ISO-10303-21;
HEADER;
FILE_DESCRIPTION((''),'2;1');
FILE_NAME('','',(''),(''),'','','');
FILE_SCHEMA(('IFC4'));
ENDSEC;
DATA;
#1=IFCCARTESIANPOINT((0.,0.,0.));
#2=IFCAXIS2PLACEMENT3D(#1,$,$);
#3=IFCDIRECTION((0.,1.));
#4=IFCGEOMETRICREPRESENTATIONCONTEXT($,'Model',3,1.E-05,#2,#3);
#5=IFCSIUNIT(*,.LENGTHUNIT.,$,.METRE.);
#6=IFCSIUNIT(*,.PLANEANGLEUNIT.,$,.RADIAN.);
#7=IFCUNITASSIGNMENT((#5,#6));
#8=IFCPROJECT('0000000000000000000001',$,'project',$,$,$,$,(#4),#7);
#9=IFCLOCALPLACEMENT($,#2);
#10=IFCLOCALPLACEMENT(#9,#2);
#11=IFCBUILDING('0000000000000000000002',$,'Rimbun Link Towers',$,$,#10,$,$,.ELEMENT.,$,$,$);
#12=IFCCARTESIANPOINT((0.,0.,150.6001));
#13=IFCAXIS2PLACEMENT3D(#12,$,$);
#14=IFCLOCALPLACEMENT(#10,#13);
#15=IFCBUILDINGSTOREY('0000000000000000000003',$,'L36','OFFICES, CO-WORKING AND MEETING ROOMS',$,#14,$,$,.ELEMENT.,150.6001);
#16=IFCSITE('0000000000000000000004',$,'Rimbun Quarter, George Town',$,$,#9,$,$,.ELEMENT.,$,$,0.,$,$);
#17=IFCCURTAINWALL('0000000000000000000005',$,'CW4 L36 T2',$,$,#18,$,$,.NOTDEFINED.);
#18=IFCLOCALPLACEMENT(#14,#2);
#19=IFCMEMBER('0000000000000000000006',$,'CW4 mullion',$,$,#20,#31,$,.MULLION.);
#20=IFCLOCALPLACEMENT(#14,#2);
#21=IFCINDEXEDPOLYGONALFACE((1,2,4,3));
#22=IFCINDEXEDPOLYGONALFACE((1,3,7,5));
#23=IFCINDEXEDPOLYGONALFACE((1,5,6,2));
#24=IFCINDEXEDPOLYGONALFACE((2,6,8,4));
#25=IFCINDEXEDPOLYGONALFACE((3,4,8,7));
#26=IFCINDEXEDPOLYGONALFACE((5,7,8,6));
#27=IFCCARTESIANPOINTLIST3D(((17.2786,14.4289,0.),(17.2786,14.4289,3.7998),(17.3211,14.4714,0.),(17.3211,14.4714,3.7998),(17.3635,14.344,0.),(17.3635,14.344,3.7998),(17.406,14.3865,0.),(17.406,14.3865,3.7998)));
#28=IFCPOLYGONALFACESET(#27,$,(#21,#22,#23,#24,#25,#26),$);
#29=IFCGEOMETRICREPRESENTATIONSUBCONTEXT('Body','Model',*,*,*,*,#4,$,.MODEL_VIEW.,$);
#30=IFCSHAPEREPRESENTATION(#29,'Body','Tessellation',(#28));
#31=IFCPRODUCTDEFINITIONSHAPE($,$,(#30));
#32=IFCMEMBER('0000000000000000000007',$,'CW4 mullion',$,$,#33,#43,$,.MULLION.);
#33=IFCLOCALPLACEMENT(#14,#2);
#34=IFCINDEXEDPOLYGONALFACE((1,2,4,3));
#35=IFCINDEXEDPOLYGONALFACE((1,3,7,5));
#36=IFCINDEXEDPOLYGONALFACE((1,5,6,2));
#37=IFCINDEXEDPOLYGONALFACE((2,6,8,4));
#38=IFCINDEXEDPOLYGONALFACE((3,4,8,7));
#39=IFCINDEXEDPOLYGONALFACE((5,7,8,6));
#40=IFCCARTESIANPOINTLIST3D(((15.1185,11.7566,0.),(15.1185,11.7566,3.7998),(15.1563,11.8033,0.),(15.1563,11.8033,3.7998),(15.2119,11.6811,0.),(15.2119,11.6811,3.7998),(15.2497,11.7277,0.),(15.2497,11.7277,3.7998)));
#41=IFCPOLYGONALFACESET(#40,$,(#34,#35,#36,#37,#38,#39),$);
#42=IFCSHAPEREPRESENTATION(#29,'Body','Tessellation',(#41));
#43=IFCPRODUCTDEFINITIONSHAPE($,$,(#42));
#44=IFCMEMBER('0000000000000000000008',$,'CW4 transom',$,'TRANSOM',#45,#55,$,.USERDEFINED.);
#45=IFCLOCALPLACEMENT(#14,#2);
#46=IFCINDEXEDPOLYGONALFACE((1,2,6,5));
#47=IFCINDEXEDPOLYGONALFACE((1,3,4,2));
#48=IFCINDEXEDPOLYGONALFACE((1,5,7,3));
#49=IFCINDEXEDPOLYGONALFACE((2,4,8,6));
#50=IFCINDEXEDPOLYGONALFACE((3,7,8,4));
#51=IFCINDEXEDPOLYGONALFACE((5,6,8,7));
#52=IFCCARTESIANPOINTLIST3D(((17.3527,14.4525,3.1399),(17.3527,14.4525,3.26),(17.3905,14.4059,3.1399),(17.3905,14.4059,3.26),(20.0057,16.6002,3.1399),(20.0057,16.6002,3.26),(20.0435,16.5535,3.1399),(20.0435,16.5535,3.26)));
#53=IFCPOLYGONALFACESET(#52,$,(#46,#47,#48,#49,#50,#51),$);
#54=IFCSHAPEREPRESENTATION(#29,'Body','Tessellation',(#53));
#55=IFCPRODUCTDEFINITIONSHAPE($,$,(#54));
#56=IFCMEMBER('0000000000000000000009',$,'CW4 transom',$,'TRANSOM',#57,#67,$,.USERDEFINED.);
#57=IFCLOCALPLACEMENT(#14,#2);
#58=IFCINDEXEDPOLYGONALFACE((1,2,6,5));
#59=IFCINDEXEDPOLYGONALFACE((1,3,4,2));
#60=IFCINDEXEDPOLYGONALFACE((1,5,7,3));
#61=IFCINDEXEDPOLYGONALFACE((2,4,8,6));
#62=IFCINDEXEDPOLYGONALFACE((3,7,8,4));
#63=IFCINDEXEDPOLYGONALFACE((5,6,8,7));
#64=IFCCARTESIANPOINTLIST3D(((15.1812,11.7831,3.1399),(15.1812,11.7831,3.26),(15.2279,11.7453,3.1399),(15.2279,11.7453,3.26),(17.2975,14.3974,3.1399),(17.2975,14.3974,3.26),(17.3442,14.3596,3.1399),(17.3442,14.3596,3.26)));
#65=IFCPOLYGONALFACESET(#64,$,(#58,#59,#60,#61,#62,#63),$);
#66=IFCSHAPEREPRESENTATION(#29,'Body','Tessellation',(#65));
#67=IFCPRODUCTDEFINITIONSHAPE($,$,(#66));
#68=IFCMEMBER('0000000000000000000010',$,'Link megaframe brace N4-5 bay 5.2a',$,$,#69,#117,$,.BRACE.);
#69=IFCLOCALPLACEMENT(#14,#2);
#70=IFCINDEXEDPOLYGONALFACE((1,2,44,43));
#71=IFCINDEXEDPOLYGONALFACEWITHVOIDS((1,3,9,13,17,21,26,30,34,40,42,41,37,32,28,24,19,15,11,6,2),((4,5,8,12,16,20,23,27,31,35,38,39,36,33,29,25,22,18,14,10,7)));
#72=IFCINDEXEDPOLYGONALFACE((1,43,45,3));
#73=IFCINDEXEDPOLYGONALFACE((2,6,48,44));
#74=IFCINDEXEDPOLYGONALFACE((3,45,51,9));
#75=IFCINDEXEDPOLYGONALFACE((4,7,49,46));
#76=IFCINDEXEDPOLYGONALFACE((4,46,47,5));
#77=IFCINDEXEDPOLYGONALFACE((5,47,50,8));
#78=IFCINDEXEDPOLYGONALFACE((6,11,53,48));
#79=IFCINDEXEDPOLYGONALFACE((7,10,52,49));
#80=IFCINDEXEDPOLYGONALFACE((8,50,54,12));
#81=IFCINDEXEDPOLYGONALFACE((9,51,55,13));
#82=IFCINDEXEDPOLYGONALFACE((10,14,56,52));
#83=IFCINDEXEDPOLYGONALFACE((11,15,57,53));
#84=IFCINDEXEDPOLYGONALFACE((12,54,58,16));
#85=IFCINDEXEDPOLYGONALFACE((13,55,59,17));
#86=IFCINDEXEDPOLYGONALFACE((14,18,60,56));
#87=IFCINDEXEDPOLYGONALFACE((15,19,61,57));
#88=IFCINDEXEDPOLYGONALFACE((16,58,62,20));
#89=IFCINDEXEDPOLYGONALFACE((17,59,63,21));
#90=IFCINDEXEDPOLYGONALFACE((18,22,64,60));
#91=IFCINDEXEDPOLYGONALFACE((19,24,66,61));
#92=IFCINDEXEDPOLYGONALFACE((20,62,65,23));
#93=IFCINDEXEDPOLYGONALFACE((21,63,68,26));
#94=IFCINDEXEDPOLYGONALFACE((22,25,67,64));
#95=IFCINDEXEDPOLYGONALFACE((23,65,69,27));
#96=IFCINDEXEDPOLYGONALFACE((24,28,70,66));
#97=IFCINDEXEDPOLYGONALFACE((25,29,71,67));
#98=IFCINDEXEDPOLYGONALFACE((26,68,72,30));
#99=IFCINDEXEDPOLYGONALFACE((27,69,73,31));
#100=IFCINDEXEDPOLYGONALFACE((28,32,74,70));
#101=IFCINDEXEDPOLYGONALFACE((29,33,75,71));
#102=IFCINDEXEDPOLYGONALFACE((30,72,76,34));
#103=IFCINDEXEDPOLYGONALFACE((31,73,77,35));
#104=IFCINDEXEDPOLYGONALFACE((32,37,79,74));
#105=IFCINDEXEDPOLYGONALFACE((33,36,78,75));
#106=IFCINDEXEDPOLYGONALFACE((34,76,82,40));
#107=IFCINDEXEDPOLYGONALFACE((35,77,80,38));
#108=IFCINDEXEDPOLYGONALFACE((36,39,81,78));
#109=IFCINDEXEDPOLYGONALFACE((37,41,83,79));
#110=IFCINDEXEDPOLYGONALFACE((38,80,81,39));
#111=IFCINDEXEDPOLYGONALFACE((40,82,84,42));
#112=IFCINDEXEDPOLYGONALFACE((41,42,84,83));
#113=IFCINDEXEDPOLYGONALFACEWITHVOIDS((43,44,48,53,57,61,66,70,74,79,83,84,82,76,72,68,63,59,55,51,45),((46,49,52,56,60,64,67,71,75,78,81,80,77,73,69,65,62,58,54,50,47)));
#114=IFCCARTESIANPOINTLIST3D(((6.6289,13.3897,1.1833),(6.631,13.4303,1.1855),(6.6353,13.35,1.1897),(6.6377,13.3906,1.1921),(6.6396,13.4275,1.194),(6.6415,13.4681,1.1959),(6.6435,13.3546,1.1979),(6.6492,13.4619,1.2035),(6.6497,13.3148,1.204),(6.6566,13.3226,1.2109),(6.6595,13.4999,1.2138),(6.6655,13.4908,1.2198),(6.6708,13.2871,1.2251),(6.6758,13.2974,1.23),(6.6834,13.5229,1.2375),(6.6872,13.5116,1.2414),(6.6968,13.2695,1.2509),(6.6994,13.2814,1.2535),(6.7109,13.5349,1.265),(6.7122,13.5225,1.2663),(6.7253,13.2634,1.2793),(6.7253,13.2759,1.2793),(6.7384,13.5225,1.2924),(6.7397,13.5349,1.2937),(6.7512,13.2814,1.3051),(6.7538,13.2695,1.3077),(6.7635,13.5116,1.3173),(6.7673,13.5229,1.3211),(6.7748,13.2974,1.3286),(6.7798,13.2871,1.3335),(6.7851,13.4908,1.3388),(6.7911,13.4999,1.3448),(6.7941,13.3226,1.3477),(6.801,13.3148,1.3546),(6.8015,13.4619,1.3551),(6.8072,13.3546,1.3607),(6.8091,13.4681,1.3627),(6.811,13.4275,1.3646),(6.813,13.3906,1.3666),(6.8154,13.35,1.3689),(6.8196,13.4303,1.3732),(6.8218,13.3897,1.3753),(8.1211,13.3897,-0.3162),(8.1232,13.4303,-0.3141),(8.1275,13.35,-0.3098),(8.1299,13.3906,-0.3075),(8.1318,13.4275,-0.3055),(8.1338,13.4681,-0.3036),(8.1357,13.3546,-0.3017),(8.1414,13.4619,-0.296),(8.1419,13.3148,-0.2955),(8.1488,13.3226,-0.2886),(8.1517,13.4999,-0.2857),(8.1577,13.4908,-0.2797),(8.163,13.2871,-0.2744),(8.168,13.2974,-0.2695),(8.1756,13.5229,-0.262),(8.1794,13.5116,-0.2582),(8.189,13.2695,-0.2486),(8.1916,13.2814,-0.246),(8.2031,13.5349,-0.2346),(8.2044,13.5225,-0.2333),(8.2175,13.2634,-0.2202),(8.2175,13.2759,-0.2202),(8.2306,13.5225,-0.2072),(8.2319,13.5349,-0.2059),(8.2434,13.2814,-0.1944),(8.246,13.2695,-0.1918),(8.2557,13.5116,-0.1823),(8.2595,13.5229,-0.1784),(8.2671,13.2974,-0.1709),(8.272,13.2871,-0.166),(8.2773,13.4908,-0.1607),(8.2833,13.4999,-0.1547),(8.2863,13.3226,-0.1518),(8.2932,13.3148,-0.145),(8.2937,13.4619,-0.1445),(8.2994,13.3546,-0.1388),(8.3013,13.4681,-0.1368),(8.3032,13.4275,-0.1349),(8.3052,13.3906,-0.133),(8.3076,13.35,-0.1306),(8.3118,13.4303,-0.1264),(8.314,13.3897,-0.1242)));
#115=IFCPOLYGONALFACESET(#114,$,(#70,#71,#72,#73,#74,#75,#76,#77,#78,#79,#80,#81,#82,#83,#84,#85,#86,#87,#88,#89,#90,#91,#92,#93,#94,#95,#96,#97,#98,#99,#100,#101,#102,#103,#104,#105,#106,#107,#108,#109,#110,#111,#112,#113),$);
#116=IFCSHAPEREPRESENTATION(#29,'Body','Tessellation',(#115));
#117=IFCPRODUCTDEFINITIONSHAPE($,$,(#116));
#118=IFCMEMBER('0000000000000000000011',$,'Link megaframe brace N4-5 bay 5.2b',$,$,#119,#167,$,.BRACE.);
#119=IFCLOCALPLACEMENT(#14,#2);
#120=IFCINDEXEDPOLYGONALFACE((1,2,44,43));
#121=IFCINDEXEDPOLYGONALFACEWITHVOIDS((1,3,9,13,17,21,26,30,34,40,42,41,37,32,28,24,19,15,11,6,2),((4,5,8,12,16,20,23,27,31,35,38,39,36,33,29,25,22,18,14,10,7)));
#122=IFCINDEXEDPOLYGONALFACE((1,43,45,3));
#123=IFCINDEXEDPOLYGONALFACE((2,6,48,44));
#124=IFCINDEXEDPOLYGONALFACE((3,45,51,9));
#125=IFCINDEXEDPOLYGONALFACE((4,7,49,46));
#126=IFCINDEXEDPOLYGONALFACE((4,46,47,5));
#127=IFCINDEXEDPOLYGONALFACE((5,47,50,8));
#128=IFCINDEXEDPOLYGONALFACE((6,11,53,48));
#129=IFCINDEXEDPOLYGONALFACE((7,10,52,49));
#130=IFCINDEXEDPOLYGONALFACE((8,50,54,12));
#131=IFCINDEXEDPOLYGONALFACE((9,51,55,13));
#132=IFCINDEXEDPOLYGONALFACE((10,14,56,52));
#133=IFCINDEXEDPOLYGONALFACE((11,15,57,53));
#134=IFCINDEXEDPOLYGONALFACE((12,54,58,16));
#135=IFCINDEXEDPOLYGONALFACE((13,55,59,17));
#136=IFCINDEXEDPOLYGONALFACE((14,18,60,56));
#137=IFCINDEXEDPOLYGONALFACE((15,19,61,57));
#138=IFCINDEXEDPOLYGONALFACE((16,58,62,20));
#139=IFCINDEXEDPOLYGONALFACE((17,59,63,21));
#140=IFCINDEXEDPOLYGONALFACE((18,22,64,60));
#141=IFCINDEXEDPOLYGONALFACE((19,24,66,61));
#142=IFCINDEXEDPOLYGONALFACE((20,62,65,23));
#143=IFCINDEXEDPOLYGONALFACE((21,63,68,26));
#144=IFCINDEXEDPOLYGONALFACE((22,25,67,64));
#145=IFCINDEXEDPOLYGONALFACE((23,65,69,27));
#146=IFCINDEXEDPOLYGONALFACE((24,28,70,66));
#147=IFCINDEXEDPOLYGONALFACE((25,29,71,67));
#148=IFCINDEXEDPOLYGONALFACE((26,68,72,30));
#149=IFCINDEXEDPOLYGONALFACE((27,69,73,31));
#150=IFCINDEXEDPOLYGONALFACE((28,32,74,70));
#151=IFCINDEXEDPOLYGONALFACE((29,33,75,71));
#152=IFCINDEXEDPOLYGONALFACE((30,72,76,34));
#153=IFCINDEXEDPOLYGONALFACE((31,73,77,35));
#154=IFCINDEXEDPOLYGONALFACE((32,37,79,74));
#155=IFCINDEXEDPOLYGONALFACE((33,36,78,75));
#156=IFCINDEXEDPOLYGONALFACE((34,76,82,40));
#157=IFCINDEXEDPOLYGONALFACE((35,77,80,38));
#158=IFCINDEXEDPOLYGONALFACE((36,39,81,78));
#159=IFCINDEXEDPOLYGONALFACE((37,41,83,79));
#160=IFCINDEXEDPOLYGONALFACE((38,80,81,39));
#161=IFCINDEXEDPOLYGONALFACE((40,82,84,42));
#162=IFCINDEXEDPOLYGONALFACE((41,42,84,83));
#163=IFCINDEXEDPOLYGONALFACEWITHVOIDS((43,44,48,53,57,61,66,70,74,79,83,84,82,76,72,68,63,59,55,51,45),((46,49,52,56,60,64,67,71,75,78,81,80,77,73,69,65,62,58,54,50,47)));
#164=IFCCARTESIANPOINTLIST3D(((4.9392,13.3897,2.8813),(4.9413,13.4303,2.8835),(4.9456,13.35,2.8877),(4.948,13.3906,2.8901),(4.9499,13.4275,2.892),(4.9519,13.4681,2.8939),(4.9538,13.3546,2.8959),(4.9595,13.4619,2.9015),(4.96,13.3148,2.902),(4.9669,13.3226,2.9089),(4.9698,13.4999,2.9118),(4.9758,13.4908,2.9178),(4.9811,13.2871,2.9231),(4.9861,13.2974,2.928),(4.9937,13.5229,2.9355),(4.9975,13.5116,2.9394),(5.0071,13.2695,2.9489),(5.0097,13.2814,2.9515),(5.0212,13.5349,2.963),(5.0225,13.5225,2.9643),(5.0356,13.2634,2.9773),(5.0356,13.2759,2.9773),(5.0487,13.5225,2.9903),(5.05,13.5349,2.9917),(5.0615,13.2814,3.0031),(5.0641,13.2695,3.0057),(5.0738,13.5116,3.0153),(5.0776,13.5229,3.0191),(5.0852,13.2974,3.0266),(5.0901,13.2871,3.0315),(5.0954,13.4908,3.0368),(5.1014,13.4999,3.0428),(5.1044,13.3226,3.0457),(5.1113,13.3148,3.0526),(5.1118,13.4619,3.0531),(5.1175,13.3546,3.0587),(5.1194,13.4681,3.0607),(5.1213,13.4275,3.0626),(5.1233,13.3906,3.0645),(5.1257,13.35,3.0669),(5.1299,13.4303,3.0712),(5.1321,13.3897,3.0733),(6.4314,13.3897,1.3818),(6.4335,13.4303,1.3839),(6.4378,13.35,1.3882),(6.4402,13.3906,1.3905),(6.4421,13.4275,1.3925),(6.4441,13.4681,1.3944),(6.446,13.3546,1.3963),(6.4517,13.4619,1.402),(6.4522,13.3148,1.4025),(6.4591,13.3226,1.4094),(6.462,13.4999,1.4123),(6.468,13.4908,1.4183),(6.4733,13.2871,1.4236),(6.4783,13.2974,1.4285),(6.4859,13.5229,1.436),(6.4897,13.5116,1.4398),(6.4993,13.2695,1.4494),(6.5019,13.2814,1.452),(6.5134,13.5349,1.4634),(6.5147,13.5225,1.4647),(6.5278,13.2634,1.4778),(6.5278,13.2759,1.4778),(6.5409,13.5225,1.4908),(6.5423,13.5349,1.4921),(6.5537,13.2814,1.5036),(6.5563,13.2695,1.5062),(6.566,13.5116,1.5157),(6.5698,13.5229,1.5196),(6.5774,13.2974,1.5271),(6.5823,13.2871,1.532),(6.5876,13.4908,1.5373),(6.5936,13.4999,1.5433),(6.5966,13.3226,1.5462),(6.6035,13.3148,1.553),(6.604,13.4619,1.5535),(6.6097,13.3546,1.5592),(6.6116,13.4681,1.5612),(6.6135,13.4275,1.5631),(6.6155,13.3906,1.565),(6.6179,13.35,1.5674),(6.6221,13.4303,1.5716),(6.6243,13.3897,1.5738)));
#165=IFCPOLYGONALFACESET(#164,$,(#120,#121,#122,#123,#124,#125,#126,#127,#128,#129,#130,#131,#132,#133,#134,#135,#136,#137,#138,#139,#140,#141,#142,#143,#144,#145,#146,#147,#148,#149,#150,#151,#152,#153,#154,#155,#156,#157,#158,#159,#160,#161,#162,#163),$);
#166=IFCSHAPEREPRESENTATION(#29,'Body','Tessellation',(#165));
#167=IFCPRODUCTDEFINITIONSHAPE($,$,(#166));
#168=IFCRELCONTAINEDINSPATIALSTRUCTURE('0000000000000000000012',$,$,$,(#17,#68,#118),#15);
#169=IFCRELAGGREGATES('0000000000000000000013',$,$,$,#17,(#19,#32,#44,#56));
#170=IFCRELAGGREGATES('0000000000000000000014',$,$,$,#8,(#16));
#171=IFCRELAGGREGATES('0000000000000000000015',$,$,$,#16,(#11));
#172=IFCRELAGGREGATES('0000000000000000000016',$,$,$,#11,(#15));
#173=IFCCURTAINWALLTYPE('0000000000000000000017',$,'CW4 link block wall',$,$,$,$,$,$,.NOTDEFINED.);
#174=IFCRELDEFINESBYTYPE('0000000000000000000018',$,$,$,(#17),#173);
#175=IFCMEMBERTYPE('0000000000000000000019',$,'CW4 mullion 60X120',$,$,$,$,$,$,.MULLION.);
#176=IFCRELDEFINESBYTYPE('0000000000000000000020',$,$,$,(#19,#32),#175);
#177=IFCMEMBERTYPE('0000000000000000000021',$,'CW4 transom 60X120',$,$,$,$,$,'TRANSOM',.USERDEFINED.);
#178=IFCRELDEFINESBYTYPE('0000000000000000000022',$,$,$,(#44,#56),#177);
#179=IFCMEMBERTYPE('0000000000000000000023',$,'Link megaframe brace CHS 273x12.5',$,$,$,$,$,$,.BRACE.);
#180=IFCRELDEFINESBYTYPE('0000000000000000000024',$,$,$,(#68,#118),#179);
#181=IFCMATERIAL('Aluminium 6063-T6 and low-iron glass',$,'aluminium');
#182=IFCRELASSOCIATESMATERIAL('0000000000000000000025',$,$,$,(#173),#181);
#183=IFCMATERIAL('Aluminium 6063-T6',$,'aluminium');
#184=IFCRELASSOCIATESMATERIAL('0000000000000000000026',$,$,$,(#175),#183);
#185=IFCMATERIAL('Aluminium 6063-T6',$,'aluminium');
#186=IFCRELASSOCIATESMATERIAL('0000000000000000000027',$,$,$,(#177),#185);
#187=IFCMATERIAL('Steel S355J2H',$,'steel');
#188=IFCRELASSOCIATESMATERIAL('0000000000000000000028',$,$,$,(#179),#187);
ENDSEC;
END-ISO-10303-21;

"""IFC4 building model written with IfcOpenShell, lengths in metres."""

from ifc_helpers import new_model, si_unit, direction, frame, origin, origin_2d, place, context, subcontext, project, spatial, rectangle, hollow_circle, extrude, material, material_profile, profile_set, type_object, element, aggregate, save


model = new_model("IFC4")

# Units and contexts
model_context = context("Model", 3, precision=1e-05, world=origin(), true_north=direction((0.0, 1.0)))
body_context = subcontext(model_context, "Body", "Model", "MODEL_VIEW")
ifc_project = project(units=[si_unit("LENGTHUNIT", "METRE"), si_unit("PLANEANGLEUNIT", "RADIAN")], contexts=[model_context])

# Site, building, storey
site_placement = place(None, origin())
site = spatial("IfcSite", under=ifc_project, at=site_placement, Name="Rimbun Quarter, George Town", CompositionType="ELEMENT", RefElevation=0.0)
building_placement = place(site_placement, origin())
building = spatial("IfcBuilding", under=site, at=building_placement, Name="Rimbun Link Towers", CompositionType="ELEMENT")
storey_placement = place(building_placement, frame((0.0, 0.0, 150.6001)))
storey = spatial("IfcBuildingStorey", under=building, at=storey_placement, Name="L36", Description="OFFICES, CO-WORKING AND MEETING ROOMS", CompositionType="ELEMENT", Elevation=150.6001)

# Curtain wall, members
ifc_material_1 = material(Name="Aluminium 6063-T6 and low-iron glass", Category="aluminium")
curtain_wall_type = type_object("IfcCurtainWallType", Name="CW4 link block wall", PredefinedType="NOTDEFINED", material=ifc_material_1)
curtain_wall_placement = place(storey_placement, origin())
curtain_wall = element("IfcCurtainWall", 1, at=curtain_wall_placement, inside=storey, type_object=curtain_wall_type, Name="CW4 L36 T2", PredefinedType="NOTDEFINED")
ifc_material_2 = material(Name="Aluminium 6063-T6", Category="aluminium")
ifc_material_profile_1 = material_profile(ifc_material_2, rectangle(XDim=0.1201, YDim=0.0601, at=origin_2d()), Name="MULLION 60X120")
ifc_profile_set_1 = profile_set([ifc_material_profile_1], Name="Aluminium 6063-T6")
member_type_1 = type_object("IfcMemberType", Name="CW4 mullion 60X120", PredefinedType="MULLION", material=ifc_profile_set_1)
member_1_placement = place(storey_placement, frame((17.3423, 14.4077, 0.0), z_axis=(0.0, 0.0, 1.0), x_axis=(-0.707107, 0.707107, 0.0)))
member_1 = element("IfcMember", 2, at=member_1_placement, type_object=member_type_1, Name="CW4 mullion", PredefinedType="MULLION", context=body_context, shape_type="SweptSolid", body=[
    extrude(rectangle(XDim=0.1201, YDim=0.0601, at=origin_2d()), origin(), (0.0, 0.0, 1.0), 3.7998),
])
member_2_placement = place(storey_placement, frame((15.1841, 11.7422, 0.0), z_axis=(0.0, 0.0, 1.0), x_axis=(-0.777277, 0.629159, 0.0)))
member_2 = element("IfcMember", 3, at=member_2_placement, type_object=member_type_1, Name="CW4 mullion", PredefinedType="MULLION", context=body_context, shape_type="SweptSolid", body=[
    extrude(rectangle(XDim=0.1201, YDim=0.0601, at=origin_2d()), origin(), (0.0, 0.0, 1.0), 3.7998),
])
ifc_material_3 = material(Name="Aluminium 6063-T6", Category="aluminium")
ifc_material_profile_2 = material_profile(ifc_material_3, rectangle(XDim=0.0601, YDim=0.1201, at=origin_2d()), Name="TRANSOM 60X120")
ifc_profile_set_2 = profile_set([ifc_material_profile_2], Name="Aluminium 6063-T6")
member_type_2 = type_object("IfcMemberType", Name="CW4 transom 60X120", ElementType="TRANSOM", PredefinedType="USERDEFINED", material=ifc_profile_set_2)
member_3_placement = place(storey_placement, frame((17.3716, 14.4292, 3.2), z_axis=(0.777248, 0.629194, 0.0), x_axis=(-0.629194, 0.777248, 0.0)))
member_3 = element("IfcMember", 4, at=member_3_placement, type_object=member_type_2, Name="CW4 transom", ObjectType="TRANSOM", PredefinedType="USERDEFINED", context=body_context, shape_type="SweptSolid", body=[
    extrude(rectangle(XDim=0.0601, YDim=0.1201, at=origin_2d()), origin(), (0.0, 0.0, 1.0), 3.4133),
])
member_4_placement = place(storey_placement, frame((15.2046, 11.7642, 3.2), z_axis=(0.629182, 0.777258, 0.0), x_axis=(-0.777258, 0.629182, 0.0)))
member_4 = element("IfcMember", 5, at=member_4_placement, type_object=member_type_2, Name="CW4 transom", ObjectType="TRANSOM", PredefinedType="USERDEFINED", context=body_context, shape_type="SweptSolid", body=[
    extrude(rectangle(XDim=0.0601, YDim=0.1201, at=origin_2d()), origin(), (0.0, 0.0, 1.0), 3.3635),
])

# Members
ifc_material_4 = material(Name="Steel S355J2H", Category="steel")
ifc_material_profile_3 = material_profile(ifc_material_4, hollow_circle(Radius=0.1365, WallThickness=0.0125, at=origin_2d()), Name="CHS 273x12.5")
ifc_profile_set_3 = profile_set([ifc_material_profile_3], Name="Steel S355J2H")
member_type_3 = type_object("IfcMemberType", Name="Link megaframe brace CHS 273x12.5", PredefinedType="BRACE", material=ifc_profile_set_3)
for number, where, z_axis, x_axis, name in (
    (6, (8.2175, 13.3999, -0.2202), (-0.705374, 0.0, 0.708836), (0.0, -1.0, 0.0), "Link megaframe brace N4-5 bay 5.2a"),
    (7, (6.5278, 13.3999, 1.4778), (-0.705374, 0.0, 0.708836), (0.0, -1.0, 0.0), "Link megaframe brace N4-5 bay 5.2b"),
):
    element("IfcMember", number, at=place(storey_placement, frame(where, z_axis=z_axis, x_axis=x_axis)), inside=storey, type_object=member_type_3, Name=name, PredefinedType="BRACE", context=body_context, shape_type="SweptSolid", body=[
        extrude(hollow_circle(Radius=0.1365, WallThickness=0.0125, at=origin_2d()), origin(), (0.0, 0.0, 1.0), 2.1155),
    ])

aggregate(curtain_wall, [member_1, member_2, member_3, member_4])

save(model, "model.ifc")
